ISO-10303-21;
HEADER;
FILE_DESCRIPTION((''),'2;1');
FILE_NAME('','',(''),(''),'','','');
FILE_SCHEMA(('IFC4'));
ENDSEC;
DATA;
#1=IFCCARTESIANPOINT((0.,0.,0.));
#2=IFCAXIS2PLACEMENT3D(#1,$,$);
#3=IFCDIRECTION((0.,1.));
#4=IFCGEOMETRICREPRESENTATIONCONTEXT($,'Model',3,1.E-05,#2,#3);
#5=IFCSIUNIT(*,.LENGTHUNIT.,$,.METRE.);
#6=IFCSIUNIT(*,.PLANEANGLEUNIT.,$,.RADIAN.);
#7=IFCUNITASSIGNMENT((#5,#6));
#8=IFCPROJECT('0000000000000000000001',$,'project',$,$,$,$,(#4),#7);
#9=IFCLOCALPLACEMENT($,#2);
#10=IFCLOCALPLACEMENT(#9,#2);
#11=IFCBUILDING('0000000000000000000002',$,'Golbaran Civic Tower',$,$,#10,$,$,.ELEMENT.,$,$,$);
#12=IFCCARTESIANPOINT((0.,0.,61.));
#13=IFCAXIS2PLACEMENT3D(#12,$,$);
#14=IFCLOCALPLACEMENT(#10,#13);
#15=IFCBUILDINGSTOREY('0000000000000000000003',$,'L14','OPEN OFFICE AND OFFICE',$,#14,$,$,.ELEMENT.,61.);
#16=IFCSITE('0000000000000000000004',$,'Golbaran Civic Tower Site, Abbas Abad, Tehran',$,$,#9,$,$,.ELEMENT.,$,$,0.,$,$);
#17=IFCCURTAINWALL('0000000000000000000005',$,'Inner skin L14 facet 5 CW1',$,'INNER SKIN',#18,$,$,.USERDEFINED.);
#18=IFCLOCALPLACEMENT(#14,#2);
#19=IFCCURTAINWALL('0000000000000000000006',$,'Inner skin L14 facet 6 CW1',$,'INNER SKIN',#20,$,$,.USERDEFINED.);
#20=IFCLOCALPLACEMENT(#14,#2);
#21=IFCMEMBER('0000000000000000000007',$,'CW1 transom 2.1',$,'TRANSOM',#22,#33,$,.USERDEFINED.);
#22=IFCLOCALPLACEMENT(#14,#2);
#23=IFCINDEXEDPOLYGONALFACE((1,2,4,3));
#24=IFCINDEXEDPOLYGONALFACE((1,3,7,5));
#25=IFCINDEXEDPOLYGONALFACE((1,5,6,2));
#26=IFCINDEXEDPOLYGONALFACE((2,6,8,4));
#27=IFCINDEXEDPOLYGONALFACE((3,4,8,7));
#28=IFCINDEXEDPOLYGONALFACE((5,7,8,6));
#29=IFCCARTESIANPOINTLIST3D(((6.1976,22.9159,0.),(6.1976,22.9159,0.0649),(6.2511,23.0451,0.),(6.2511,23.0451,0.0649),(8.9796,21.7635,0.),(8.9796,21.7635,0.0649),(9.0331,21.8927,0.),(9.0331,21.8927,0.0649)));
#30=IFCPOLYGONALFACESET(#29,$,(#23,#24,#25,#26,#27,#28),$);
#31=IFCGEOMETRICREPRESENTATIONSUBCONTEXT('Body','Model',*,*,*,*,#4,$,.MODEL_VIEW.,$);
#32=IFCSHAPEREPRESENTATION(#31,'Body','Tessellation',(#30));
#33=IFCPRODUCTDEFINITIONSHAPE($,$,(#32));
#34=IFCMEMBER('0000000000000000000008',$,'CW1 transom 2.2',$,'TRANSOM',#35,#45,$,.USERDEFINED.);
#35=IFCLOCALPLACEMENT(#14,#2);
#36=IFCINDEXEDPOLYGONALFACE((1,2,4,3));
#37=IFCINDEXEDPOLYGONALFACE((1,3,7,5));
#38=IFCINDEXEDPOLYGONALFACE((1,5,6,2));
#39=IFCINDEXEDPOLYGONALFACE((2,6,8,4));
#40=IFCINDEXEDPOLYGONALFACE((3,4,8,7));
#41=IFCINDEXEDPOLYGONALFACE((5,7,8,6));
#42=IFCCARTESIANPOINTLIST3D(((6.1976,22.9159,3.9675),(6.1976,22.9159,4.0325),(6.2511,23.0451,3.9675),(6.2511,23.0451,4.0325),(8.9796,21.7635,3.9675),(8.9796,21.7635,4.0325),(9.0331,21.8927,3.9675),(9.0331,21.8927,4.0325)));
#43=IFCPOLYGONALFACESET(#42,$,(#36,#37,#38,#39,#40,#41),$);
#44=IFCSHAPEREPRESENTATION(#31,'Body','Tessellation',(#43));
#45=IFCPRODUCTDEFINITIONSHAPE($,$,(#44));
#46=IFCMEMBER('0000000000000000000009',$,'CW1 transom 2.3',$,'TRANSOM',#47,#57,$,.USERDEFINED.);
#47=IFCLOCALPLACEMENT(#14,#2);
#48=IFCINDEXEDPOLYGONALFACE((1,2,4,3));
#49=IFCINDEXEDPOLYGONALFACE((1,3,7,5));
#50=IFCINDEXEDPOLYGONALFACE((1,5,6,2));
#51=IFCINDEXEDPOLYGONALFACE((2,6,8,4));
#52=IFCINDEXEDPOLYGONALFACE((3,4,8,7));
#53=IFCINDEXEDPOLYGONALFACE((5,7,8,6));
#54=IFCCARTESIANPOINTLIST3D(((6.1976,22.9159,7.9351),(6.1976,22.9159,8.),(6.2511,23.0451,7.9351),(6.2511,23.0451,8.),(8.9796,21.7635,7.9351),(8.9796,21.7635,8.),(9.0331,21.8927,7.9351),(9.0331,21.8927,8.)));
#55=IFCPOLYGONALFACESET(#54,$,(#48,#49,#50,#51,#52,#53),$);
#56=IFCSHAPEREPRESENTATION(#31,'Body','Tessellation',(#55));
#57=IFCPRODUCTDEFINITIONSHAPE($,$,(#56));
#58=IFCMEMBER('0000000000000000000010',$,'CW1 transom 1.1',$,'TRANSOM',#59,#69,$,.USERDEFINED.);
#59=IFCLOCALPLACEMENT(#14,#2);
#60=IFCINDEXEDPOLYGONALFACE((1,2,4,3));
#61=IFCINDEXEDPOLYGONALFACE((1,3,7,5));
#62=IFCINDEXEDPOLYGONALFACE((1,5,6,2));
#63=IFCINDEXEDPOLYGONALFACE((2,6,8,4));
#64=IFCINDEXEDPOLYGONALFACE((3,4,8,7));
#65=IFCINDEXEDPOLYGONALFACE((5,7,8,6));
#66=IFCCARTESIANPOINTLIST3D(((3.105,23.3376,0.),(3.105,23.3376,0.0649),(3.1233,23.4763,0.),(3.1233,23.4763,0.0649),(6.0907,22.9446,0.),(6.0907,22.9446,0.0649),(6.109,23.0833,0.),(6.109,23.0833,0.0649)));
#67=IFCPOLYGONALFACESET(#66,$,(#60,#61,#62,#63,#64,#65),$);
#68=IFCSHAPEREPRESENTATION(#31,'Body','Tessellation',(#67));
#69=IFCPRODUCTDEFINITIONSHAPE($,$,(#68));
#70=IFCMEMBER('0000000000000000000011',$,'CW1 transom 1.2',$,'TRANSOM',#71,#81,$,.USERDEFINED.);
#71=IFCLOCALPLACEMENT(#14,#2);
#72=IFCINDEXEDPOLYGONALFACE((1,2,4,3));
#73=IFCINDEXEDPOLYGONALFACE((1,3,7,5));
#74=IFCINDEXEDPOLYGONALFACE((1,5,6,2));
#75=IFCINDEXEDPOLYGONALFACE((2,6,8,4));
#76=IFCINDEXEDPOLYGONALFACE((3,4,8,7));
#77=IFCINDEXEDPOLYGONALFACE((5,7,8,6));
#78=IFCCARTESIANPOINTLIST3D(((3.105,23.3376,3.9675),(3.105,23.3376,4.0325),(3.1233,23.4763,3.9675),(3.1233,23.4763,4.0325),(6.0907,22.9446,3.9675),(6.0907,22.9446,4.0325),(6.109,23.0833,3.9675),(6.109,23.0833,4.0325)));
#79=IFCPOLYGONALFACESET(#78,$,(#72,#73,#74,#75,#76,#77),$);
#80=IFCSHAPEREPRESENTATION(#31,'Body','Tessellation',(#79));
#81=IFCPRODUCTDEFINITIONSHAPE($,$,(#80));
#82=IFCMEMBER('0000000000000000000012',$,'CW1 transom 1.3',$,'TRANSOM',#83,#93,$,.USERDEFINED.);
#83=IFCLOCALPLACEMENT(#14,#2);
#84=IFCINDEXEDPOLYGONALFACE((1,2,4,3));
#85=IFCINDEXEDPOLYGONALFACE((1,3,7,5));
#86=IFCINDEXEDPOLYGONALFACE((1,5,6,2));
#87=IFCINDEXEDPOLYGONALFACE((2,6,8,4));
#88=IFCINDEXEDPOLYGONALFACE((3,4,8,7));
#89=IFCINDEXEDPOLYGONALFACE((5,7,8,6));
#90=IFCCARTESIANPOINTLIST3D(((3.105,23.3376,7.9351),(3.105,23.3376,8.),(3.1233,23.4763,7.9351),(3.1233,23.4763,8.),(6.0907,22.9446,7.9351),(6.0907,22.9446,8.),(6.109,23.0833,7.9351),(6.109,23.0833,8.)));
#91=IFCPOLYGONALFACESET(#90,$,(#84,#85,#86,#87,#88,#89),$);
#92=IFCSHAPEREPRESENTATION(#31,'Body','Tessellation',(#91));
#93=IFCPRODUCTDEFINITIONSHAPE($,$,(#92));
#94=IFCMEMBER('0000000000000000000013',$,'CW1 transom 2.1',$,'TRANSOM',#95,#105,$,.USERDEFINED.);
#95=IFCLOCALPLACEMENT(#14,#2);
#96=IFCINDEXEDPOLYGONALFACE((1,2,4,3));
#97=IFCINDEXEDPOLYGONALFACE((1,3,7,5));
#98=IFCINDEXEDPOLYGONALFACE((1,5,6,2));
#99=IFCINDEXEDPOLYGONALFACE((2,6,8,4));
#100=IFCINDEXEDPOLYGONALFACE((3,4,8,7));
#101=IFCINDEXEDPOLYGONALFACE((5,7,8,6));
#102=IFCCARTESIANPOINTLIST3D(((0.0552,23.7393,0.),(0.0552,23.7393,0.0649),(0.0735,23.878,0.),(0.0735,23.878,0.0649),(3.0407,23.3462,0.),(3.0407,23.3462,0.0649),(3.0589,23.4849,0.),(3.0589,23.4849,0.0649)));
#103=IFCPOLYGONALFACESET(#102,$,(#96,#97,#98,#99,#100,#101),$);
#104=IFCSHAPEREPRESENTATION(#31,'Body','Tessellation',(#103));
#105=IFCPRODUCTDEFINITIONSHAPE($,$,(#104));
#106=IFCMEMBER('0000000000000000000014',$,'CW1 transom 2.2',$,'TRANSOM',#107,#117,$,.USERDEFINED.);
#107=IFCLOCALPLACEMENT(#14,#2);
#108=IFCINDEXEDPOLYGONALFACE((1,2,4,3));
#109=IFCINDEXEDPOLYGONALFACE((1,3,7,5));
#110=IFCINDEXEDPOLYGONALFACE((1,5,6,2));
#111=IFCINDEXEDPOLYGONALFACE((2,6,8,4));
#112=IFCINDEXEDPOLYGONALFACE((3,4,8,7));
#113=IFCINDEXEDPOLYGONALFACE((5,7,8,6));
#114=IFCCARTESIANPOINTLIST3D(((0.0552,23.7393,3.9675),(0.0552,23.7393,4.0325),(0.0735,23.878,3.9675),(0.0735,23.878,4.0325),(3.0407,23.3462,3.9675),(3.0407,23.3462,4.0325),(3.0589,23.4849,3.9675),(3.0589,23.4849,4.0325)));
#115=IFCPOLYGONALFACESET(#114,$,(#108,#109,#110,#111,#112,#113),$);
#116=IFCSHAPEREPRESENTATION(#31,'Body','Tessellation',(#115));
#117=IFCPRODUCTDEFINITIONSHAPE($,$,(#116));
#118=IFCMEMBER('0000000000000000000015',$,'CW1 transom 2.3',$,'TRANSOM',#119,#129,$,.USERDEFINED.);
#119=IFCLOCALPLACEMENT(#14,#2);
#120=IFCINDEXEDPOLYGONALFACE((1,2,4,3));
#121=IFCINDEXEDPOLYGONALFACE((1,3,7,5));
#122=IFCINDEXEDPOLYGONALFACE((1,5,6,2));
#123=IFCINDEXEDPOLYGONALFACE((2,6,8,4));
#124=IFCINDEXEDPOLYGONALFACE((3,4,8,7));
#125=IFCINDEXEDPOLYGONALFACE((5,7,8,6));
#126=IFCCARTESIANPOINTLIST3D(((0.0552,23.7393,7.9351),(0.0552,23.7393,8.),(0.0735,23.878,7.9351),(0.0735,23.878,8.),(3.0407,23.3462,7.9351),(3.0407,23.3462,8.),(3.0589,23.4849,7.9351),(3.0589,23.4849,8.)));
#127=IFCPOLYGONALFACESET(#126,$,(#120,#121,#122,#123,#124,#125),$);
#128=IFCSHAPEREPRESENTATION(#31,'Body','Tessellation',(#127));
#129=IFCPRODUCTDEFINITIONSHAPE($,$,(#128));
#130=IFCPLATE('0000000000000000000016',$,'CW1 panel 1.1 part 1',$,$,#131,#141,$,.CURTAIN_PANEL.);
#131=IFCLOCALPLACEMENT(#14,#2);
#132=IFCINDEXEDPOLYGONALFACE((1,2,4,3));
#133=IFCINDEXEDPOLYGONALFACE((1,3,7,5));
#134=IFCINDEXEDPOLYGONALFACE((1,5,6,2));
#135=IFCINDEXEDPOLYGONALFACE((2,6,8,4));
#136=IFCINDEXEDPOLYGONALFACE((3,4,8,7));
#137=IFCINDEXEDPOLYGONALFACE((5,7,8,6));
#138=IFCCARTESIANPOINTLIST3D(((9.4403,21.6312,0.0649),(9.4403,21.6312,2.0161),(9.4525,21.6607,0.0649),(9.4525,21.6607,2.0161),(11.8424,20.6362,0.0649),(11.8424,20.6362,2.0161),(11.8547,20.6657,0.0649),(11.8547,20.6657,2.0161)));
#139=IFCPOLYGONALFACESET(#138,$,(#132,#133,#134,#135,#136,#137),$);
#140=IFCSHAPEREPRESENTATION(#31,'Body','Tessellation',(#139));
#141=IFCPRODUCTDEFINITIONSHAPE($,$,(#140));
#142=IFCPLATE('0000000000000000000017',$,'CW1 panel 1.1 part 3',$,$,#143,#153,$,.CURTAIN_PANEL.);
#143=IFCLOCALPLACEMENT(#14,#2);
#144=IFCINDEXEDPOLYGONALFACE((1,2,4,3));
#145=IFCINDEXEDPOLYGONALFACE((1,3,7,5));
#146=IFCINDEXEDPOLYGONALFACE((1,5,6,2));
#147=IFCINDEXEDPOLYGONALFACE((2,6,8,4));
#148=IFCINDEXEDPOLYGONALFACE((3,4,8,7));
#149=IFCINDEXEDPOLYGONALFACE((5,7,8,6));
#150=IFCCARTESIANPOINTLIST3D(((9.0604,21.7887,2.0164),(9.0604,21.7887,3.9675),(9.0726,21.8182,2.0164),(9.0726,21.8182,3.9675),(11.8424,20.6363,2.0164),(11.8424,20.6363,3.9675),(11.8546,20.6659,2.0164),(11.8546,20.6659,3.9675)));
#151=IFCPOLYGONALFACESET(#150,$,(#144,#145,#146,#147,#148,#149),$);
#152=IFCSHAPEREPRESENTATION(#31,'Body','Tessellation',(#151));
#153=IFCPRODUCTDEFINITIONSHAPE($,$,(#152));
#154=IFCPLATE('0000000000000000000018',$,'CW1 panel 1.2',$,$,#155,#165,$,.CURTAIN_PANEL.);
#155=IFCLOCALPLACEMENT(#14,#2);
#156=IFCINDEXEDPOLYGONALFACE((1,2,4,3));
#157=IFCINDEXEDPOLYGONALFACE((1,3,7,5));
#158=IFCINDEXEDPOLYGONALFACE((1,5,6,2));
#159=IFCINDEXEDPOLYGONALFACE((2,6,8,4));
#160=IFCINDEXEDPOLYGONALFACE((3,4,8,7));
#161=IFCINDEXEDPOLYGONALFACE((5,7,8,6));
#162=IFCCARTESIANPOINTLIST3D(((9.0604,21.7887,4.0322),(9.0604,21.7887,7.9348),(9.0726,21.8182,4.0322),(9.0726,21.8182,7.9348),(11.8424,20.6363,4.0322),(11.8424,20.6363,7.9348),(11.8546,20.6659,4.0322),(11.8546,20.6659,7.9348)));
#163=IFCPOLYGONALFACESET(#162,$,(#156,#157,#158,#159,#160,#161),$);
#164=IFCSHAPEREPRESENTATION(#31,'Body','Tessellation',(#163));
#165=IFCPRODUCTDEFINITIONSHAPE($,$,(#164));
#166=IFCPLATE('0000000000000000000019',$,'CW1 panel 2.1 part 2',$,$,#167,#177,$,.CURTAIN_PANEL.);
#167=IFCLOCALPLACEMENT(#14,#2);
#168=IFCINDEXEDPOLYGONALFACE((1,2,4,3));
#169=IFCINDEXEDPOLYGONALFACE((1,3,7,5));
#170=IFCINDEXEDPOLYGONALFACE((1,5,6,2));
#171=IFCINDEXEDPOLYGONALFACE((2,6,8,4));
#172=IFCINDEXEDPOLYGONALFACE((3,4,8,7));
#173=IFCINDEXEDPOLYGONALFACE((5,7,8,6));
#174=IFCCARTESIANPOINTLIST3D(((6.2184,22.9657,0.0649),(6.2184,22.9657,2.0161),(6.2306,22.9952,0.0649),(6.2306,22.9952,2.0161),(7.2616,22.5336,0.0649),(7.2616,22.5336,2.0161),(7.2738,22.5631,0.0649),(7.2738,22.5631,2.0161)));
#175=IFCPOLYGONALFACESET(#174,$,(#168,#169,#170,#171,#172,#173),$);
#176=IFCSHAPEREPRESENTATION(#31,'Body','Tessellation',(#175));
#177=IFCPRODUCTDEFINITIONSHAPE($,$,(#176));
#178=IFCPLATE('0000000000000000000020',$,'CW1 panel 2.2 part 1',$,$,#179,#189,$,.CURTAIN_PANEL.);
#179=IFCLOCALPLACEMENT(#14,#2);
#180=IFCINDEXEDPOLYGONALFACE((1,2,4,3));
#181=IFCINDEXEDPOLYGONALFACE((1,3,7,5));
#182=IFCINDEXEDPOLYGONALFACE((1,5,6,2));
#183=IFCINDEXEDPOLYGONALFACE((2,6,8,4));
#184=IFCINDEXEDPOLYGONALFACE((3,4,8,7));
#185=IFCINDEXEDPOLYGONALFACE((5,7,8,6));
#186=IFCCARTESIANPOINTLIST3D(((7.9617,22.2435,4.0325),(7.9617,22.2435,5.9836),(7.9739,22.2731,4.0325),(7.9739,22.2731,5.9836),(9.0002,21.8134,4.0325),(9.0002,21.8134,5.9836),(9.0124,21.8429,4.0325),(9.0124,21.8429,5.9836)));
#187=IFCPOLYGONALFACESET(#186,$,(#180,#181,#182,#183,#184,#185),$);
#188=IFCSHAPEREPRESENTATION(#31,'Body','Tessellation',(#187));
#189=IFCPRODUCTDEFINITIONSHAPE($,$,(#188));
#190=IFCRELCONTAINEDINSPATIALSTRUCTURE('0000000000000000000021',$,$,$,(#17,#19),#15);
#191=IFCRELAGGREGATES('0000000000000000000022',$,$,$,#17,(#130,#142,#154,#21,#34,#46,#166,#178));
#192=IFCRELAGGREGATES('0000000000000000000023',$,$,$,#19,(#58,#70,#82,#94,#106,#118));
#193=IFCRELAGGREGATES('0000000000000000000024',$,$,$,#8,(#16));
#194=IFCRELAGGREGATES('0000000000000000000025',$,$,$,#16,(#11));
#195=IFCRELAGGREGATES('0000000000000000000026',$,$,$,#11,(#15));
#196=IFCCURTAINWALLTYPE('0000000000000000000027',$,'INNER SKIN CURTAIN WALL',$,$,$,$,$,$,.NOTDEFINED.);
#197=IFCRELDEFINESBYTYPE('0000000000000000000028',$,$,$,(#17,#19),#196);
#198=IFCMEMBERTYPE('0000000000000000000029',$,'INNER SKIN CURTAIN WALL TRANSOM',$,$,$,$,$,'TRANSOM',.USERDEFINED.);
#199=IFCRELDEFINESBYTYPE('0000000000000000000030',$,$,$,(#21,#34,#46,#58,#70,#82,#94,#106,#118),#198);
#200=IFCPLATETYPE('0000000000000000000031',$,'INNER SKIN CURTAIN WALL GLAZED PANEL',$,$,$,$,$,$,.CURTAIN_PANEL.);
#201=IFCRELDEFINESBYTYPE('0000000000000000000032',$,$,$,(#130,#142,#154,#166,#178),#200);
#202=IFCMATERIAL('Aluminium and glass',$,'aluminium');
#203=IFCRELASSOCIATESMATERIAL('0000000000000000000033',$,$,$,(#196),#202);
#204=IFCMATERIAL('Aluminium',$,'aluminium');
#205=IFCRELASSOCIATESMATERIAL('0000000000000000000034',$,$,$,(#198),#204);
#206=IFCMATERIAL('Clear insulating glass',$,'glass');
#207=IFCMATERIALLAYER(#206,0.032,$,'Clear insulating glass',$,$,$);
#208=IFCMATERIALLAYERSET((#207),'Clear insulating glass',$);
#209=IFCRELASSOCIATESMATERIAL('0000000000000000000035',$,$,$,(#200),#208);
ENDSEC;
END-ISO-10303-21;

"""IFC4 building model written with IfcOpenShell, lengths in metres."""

from ifc_helpers import new_model, si_unit, direction, frame, origin, origin_2d, place, context, subcontext, project, spatial, rectangle, extrude, material, layer, layer_set, material_profile, profile_set, type_object, element, aggregate, save


model = new_model("IFC4")

# Units and contexts
model_context = context("Model", 3, precision=1e-05, world=origin(), true_north=direction((0.0, 1.0)))
body_context = subcontext(model_context, "Body", "Model", "MODEL_VIEW")
ifc_project = project(units=[si_unit("LENGTHUNIT", "METRE"), si_unit("PLANEANGLEUNIT", "RADIAN")], contexts=[model_context])

# Site, building, storey
site_placement = place(None, origin())
site = spatial("IfcSite", under=ifc_project, at=site_placement, Name="Golbaran Civic Tower Site, Abbas Abad, Tehran", CompositionType="ELEMENT", RefElevation=0.0)
building_placement = place(site_placement, origin())
building = spatial("IfcBuilding", under=site, at=building_placement, Name="Golbaran Civic Tower", CompositionType="ELEMENT")
storey_placement = place(building_placement, frame((0.0, 0.0, 61.0)))
storey = spatial("IfcBuildingStorey", under=building, at=storey_placement, Name="L14", Description="OPEN OFFICE AND OFFICE", CompositionType="ELEMENT", Elevation=61.0)

# Curtain walls
ifc_material_1 = material(Name="Aluminium and glass", Category="aluminium")
curtain_wall_type = type_object("IfcCurtainWallType", Name="INNER SKIN CURTAIN WALL", PredefinedType="NOTDEFINED", material=ifc_material_1)
curtain_wall_1_placement = place(storey_placement, origin())
curtain_wall_1 = element("IfcCurtainWall", 1, at=curtain_wall_1_placement, inside=storey, type_object=curtain_wall_type, Name="Inner skin L14 facet 5 CW1", ObjectType="INNER SKIN", PredefinedType="USERDEFINED")
ifc_material_2 = material(Name="Aluminium", Category="aluminium")
curtain_wall_2_placement = place(storey_placement, origin())
curtain_wall_2 = element("IfcCurtainWall", 2, at=curtain_wall_2_placement, inside=storey, type_object=curtain_wall_type, Name="Inner skin L14 facet 6 CW1", ObjectType="INNER SKIN", PredefinedType="USERDEFINED")

# Members
ifc_material_profile_1 = material_profile(ifc_material_2, rectangle(XDim=0.1399, YDim=0.0649, at=origin_2d()), Name="INNER SKIN CURTAIN WALL TRANSOM")
ifc_profile_set_1 = profile_set([ifc_material_profile_1], Name="Aluminium")
member_type_1 = type_object("IfcMemberType", Name="INNER SKIN CURTAIN WALL TRANSOM", ElementType="TRANSOM", PredefinedType="USERDEFINED", material=ifc_profile_set_1)
member_1_placement = place(storey_placement, frame((9.0063, 21.8281, 0.0325), z_axis=(-0.923878, 0.382686, 0.0), x_axis=(-0.382686, -0.923878, 0.0)))
member_1 = element("IfcMember", 3, at=member_1_placement, type_object=member_type_1, Name="CW1 transom 2.1", ObjectType="TRANSOM", PredefinedType="USERDEFINED", context=body_context, shape_type="SweptSolid", body=[
    extrude(rectangle(XDim=0.1399, YDim=0.0649, at=origin_2d()), origin(), (0.0, 0.0, 1.0), 3.0112),
])
member_2_placement = place(storey_placement, frame((9.0063, 21.8281, 4.0), z_axis=(-0.923878, 0.382686, 0.0), x_axis=(-0.382686, -0.923878, 0.0)))
member_2 = element("IfcMember", 4, at=member_2_placement, type_object=member_type_1, Name="CW1 transom 2.2", ObjectType="TRANSOM", PredefinedType="USERDEFINED", context=body_context, shape_type="SweptSolid", body=[
    extrude(rectangle(XDim=0.1399, YDim=0.0649, at=origin_2d()), origin(), (0.0, 0.0, 1.0), 3.0112),
])
member_3_placement = place(storey_placement, frame((9.0063, 21.8281, 7.9675), z_axis=(-0.923878, 0.382686, 0.0), x_axis=(-0.382686, -0.923878, 0.0)))
member_3 = element("IfcMember", 5, at=member_3_placement, type_object=member_type_1, Name="CW1 transom 2.3", ObjectType="TRANSOM", PredefinedType="USERDEFINED", context=body_context, shape_type="SweptSolid", body=[
    extrude(rectangle(XDim=0.1399, YDim=0.0649, at=origin_2d()), origin(), (0.0, 0.0, 1.0), 3.0112),
])
member_4_placement = place(storey_placement, frame((6.0999, 23.0139, 0.0325), z_axis=(-0.991445, 0.130528, 0.0), x_axis=(-0.130528, -0.991445, 0.0)))
member_4 = element("IfcMember", 6, at=member_4_placement, type_object=member_type_1, Name="CW1 transom 1.1", ObjectType="TRANSOM", PredefinedType="USERDEFINED", context=body_context, shape_type="SweptSolid", body=[
    extrude(rectangle(XDim=0.1399, YDim=0.0649, at=origin_2d()), origin(), (0.0, 0.0, 1.0), 3.0115),
])
member_5_placement = place(storey_placement, frame((6.0999, 23.0139, 4.0), z_axis=(-0.991445, 0.130528, 0.0), x_axis=(-0.130528, -0.991445, 0.0)))
member_5 = element("IfcMember", 7, at=member_5_placement, type_object=member_type_1, Name="CW1 transom 1.2", ObjectType="TRANSOM", PredefinedType="USERDEFINED", context=body_context, shape_type="SweptSolid", body=[
    extrude(rectangle(XDim=0.1399, YDim=0.0649, at=origin_2d()), origin(), (0.0, 0.0, 1.0), 3.0115),
])
member_6_placement = place(storey_placement, frame((6.0999, 23.0139, 7.9675), z_axis=(-0.991445, 0.130528, 0.0), x_axis=(-0.130528, -0.991445, 0.0)))
member_6 = element("IfcMember", 8, at=member_6_placement, type_object=member_type_1, Name="CW1 transom 1.3", ObjectType="TRANSOM", PredefinedType="USERDEFINED", context=body_context, shape_type="SweptSolid", body=[
    extrude(rectangle(XDim=0.1399, YDim=0.0649, at=origin_2d()), origin(), (0.0, 0.0, 1.0), 3.0115),
])
member_7_placement = place(storey_placement, frame((3.0498, 23.4155, 0.0325), z_axis=(-0.991443, 0.130538, 0.0), x_axis=(-0.130538, -0.991443, 0.0)))
member_7 = element("IfcMember", 9, at=member_7_placement, type_object=member_type_1, Name="CW1 transom 2.1", ObjectType="TRANSOM", PredefinedType="USERDEFINED", context=body_context, shape_type="SweptSolid", body=[
    extrude(rectangle(XDim=0.1399, YDim=0.0649, at=origin_2d()), origin(), (0.0, 0.0, 1.0), 3.0112),
])
member_8_placement = place(storey_placement, frame((3.0498, 23.4155, 4.0), z_axis=(-0.991443, 0.130538, 0.0), x_axis=(-0.130538, -0.991443, 0.0)))
member_8 = element("IfcMember", 10, at=member_8_placement, type_object=member_type_1, Name="CW1 transom 2.2", ObjectType="TRANSOM", PredefinedType="USERDEFINED", context=body_context, shape_type="SweptSolid", body=[
    extrude(rectangle(XDim=0.1399, YDim=0.0649, at=origin_2d()), origin(), (0.0, 0.0, 1.0), 3.0112),
])
member_9_placement = place(storey_placement, frame((3.0498, 23.4155, 7.9675), z_axis=(-0.991443, 0.130538, 0.0), x_axis=(-0.130538, -0.991443, 0.0)))
member_9 = element("IfcMember", 11, at=member_9_placement, type_object=member_type_1, Name="CW1 transom 2.3", ObjectType="TRANSOM", PredefinedType="USERDEFINED", context=body_context, shape_type="SweptSolid", body=[
    extrude(rectangle(XDim=0.1399, YDim=0.0649, at=origin_2d()), origin(), (0.0, 0.0, 1.0), 3.0112),
])

# Plates
ifc_material_3 = material(Name="Clear insulating glass", Category="glass")
ifc_layer_1 = layer(ifc_material_3, 0.032, Name="Clear insulating glass")
ifc_layer_set_1 = layer_set([ifc_layer_1], Name="Clear insulating glass")
plate_type_1 = type_object("IfcPlateType", Name="INNER SKIN CURTAIN WALL GLAZED PANEL", PredefinedType="CURTAIN_PANEL", material=ifc_layer_set_1)
plate_1_placement = place(storey_placement, frame((10.6475, 21.1484, 0.0649), z_axis=(0.0, 0.0, 1.0), x_axis=(-0.92388, 0.382683, 0.0)))
plate_1 = element("IfcPlate", 12, at=plate_1_placement, type_object=plate_type_1, Name="CW1 panel 1.1 part 1", PredefinedType="CURTAIN_PANEL", context=body_context, shape_type="SweptSolid", body=[
    extrude(rectangle(XDim=2.6001, YDim=0.032, at=origin_2d()), origin(), (0.0, 0.0, 1.0), 1.9512),
])
plate_2_placement = place(storey_placement, frame((10.4575, 21.2273, 2.0164), z_axis=(0.0, 0.0, 1.0), x_axis=(-0.92388, 0.382683, 0.0)))
plate_2 = element("IfcPlate", 13, at=plate_2_placement, type_object=plate_type_1, Name="CW1 panel 1.1 part 3", PredefinedType="CURTAIN_PANEL", context=body_context, shape_type="SweptSolid", body=[
    extrude(rectangle(XDim=3.0112, YDim=0.032, at=origin_2d()), origin(), (0.0, 0.0, 1.0), 1.9512),
])
plate_3_placement = place(storey_placement, frame((10.4575, 21.2273, 4.0322), z_axis=(0.0, 0.0, 1.0), x_axis=(-0.92388, 0.382683, 0.0)))
plate_3 = element("IfcPlate", 14, at=plate_3_placement, type_object=plate_type_1, Name="CW1 panel 1.2", PredefinedType="CURTAIN_PANEL", context=body_context, shape_type="SweptSolid", body=[
    extrude(rectangle(XDim=3.0112, YDim=0.032, at=origin_2d()), origin(), (0.0, 0.0, 1.0), 3.9026),
])
plate_4_placement = place(storey_placement, frame((6.7461, 22.7644, 0.0649), z_axis=(0.0, 0.0, 1.0), x_axis=(-0.92388, 0.382683, 0.0)))
plate_4 = element("IfcPlate", 15, at=plate_4_placement, type_object=plate_type_1, Name="CW1 panel 2.1 part 2", PredefinedType="CURTAIN_PANEL", context=body_context, shape_type="SweptSolid", body=[
    extrude(rectangle(XDim=1.1292, YDim=0.032, at=origin_2d()), origin(), (0.0, 0.0, 1.0), 1.9512),
])
plate_5_placement = place(storey_placement, frame((8.4871, 22.0432, 4.0325), z_axis=(0.0, 0.0, 1.0), x_axis=(-0.92388, 0.382683, 0.0)))
plate_5 = element("IfcPlate", 16, at=plate_5_placement, type_object=plate_type_1, Name="CW1 panel 2.2 part 1", PredefinedType="CURTAIN_PANEL", context=body_context, shape_type="SweptSolid", body=[
    extrude(rectangle(XDim=1.124, YDim=0.032, at=origin_2d()), origin(), (0.0, 0.0, 1.0), 1.9512),
])
aggregate(curtain_wall_1, [plate_1, plate_2, plate_3, member_1, member_2, member_3, plate_4, plate_5])
aggregate(curtain_wall_2, [member_4, member_5, member_6, member_7, member_8, member_9])

save(model, "model.ifc")
